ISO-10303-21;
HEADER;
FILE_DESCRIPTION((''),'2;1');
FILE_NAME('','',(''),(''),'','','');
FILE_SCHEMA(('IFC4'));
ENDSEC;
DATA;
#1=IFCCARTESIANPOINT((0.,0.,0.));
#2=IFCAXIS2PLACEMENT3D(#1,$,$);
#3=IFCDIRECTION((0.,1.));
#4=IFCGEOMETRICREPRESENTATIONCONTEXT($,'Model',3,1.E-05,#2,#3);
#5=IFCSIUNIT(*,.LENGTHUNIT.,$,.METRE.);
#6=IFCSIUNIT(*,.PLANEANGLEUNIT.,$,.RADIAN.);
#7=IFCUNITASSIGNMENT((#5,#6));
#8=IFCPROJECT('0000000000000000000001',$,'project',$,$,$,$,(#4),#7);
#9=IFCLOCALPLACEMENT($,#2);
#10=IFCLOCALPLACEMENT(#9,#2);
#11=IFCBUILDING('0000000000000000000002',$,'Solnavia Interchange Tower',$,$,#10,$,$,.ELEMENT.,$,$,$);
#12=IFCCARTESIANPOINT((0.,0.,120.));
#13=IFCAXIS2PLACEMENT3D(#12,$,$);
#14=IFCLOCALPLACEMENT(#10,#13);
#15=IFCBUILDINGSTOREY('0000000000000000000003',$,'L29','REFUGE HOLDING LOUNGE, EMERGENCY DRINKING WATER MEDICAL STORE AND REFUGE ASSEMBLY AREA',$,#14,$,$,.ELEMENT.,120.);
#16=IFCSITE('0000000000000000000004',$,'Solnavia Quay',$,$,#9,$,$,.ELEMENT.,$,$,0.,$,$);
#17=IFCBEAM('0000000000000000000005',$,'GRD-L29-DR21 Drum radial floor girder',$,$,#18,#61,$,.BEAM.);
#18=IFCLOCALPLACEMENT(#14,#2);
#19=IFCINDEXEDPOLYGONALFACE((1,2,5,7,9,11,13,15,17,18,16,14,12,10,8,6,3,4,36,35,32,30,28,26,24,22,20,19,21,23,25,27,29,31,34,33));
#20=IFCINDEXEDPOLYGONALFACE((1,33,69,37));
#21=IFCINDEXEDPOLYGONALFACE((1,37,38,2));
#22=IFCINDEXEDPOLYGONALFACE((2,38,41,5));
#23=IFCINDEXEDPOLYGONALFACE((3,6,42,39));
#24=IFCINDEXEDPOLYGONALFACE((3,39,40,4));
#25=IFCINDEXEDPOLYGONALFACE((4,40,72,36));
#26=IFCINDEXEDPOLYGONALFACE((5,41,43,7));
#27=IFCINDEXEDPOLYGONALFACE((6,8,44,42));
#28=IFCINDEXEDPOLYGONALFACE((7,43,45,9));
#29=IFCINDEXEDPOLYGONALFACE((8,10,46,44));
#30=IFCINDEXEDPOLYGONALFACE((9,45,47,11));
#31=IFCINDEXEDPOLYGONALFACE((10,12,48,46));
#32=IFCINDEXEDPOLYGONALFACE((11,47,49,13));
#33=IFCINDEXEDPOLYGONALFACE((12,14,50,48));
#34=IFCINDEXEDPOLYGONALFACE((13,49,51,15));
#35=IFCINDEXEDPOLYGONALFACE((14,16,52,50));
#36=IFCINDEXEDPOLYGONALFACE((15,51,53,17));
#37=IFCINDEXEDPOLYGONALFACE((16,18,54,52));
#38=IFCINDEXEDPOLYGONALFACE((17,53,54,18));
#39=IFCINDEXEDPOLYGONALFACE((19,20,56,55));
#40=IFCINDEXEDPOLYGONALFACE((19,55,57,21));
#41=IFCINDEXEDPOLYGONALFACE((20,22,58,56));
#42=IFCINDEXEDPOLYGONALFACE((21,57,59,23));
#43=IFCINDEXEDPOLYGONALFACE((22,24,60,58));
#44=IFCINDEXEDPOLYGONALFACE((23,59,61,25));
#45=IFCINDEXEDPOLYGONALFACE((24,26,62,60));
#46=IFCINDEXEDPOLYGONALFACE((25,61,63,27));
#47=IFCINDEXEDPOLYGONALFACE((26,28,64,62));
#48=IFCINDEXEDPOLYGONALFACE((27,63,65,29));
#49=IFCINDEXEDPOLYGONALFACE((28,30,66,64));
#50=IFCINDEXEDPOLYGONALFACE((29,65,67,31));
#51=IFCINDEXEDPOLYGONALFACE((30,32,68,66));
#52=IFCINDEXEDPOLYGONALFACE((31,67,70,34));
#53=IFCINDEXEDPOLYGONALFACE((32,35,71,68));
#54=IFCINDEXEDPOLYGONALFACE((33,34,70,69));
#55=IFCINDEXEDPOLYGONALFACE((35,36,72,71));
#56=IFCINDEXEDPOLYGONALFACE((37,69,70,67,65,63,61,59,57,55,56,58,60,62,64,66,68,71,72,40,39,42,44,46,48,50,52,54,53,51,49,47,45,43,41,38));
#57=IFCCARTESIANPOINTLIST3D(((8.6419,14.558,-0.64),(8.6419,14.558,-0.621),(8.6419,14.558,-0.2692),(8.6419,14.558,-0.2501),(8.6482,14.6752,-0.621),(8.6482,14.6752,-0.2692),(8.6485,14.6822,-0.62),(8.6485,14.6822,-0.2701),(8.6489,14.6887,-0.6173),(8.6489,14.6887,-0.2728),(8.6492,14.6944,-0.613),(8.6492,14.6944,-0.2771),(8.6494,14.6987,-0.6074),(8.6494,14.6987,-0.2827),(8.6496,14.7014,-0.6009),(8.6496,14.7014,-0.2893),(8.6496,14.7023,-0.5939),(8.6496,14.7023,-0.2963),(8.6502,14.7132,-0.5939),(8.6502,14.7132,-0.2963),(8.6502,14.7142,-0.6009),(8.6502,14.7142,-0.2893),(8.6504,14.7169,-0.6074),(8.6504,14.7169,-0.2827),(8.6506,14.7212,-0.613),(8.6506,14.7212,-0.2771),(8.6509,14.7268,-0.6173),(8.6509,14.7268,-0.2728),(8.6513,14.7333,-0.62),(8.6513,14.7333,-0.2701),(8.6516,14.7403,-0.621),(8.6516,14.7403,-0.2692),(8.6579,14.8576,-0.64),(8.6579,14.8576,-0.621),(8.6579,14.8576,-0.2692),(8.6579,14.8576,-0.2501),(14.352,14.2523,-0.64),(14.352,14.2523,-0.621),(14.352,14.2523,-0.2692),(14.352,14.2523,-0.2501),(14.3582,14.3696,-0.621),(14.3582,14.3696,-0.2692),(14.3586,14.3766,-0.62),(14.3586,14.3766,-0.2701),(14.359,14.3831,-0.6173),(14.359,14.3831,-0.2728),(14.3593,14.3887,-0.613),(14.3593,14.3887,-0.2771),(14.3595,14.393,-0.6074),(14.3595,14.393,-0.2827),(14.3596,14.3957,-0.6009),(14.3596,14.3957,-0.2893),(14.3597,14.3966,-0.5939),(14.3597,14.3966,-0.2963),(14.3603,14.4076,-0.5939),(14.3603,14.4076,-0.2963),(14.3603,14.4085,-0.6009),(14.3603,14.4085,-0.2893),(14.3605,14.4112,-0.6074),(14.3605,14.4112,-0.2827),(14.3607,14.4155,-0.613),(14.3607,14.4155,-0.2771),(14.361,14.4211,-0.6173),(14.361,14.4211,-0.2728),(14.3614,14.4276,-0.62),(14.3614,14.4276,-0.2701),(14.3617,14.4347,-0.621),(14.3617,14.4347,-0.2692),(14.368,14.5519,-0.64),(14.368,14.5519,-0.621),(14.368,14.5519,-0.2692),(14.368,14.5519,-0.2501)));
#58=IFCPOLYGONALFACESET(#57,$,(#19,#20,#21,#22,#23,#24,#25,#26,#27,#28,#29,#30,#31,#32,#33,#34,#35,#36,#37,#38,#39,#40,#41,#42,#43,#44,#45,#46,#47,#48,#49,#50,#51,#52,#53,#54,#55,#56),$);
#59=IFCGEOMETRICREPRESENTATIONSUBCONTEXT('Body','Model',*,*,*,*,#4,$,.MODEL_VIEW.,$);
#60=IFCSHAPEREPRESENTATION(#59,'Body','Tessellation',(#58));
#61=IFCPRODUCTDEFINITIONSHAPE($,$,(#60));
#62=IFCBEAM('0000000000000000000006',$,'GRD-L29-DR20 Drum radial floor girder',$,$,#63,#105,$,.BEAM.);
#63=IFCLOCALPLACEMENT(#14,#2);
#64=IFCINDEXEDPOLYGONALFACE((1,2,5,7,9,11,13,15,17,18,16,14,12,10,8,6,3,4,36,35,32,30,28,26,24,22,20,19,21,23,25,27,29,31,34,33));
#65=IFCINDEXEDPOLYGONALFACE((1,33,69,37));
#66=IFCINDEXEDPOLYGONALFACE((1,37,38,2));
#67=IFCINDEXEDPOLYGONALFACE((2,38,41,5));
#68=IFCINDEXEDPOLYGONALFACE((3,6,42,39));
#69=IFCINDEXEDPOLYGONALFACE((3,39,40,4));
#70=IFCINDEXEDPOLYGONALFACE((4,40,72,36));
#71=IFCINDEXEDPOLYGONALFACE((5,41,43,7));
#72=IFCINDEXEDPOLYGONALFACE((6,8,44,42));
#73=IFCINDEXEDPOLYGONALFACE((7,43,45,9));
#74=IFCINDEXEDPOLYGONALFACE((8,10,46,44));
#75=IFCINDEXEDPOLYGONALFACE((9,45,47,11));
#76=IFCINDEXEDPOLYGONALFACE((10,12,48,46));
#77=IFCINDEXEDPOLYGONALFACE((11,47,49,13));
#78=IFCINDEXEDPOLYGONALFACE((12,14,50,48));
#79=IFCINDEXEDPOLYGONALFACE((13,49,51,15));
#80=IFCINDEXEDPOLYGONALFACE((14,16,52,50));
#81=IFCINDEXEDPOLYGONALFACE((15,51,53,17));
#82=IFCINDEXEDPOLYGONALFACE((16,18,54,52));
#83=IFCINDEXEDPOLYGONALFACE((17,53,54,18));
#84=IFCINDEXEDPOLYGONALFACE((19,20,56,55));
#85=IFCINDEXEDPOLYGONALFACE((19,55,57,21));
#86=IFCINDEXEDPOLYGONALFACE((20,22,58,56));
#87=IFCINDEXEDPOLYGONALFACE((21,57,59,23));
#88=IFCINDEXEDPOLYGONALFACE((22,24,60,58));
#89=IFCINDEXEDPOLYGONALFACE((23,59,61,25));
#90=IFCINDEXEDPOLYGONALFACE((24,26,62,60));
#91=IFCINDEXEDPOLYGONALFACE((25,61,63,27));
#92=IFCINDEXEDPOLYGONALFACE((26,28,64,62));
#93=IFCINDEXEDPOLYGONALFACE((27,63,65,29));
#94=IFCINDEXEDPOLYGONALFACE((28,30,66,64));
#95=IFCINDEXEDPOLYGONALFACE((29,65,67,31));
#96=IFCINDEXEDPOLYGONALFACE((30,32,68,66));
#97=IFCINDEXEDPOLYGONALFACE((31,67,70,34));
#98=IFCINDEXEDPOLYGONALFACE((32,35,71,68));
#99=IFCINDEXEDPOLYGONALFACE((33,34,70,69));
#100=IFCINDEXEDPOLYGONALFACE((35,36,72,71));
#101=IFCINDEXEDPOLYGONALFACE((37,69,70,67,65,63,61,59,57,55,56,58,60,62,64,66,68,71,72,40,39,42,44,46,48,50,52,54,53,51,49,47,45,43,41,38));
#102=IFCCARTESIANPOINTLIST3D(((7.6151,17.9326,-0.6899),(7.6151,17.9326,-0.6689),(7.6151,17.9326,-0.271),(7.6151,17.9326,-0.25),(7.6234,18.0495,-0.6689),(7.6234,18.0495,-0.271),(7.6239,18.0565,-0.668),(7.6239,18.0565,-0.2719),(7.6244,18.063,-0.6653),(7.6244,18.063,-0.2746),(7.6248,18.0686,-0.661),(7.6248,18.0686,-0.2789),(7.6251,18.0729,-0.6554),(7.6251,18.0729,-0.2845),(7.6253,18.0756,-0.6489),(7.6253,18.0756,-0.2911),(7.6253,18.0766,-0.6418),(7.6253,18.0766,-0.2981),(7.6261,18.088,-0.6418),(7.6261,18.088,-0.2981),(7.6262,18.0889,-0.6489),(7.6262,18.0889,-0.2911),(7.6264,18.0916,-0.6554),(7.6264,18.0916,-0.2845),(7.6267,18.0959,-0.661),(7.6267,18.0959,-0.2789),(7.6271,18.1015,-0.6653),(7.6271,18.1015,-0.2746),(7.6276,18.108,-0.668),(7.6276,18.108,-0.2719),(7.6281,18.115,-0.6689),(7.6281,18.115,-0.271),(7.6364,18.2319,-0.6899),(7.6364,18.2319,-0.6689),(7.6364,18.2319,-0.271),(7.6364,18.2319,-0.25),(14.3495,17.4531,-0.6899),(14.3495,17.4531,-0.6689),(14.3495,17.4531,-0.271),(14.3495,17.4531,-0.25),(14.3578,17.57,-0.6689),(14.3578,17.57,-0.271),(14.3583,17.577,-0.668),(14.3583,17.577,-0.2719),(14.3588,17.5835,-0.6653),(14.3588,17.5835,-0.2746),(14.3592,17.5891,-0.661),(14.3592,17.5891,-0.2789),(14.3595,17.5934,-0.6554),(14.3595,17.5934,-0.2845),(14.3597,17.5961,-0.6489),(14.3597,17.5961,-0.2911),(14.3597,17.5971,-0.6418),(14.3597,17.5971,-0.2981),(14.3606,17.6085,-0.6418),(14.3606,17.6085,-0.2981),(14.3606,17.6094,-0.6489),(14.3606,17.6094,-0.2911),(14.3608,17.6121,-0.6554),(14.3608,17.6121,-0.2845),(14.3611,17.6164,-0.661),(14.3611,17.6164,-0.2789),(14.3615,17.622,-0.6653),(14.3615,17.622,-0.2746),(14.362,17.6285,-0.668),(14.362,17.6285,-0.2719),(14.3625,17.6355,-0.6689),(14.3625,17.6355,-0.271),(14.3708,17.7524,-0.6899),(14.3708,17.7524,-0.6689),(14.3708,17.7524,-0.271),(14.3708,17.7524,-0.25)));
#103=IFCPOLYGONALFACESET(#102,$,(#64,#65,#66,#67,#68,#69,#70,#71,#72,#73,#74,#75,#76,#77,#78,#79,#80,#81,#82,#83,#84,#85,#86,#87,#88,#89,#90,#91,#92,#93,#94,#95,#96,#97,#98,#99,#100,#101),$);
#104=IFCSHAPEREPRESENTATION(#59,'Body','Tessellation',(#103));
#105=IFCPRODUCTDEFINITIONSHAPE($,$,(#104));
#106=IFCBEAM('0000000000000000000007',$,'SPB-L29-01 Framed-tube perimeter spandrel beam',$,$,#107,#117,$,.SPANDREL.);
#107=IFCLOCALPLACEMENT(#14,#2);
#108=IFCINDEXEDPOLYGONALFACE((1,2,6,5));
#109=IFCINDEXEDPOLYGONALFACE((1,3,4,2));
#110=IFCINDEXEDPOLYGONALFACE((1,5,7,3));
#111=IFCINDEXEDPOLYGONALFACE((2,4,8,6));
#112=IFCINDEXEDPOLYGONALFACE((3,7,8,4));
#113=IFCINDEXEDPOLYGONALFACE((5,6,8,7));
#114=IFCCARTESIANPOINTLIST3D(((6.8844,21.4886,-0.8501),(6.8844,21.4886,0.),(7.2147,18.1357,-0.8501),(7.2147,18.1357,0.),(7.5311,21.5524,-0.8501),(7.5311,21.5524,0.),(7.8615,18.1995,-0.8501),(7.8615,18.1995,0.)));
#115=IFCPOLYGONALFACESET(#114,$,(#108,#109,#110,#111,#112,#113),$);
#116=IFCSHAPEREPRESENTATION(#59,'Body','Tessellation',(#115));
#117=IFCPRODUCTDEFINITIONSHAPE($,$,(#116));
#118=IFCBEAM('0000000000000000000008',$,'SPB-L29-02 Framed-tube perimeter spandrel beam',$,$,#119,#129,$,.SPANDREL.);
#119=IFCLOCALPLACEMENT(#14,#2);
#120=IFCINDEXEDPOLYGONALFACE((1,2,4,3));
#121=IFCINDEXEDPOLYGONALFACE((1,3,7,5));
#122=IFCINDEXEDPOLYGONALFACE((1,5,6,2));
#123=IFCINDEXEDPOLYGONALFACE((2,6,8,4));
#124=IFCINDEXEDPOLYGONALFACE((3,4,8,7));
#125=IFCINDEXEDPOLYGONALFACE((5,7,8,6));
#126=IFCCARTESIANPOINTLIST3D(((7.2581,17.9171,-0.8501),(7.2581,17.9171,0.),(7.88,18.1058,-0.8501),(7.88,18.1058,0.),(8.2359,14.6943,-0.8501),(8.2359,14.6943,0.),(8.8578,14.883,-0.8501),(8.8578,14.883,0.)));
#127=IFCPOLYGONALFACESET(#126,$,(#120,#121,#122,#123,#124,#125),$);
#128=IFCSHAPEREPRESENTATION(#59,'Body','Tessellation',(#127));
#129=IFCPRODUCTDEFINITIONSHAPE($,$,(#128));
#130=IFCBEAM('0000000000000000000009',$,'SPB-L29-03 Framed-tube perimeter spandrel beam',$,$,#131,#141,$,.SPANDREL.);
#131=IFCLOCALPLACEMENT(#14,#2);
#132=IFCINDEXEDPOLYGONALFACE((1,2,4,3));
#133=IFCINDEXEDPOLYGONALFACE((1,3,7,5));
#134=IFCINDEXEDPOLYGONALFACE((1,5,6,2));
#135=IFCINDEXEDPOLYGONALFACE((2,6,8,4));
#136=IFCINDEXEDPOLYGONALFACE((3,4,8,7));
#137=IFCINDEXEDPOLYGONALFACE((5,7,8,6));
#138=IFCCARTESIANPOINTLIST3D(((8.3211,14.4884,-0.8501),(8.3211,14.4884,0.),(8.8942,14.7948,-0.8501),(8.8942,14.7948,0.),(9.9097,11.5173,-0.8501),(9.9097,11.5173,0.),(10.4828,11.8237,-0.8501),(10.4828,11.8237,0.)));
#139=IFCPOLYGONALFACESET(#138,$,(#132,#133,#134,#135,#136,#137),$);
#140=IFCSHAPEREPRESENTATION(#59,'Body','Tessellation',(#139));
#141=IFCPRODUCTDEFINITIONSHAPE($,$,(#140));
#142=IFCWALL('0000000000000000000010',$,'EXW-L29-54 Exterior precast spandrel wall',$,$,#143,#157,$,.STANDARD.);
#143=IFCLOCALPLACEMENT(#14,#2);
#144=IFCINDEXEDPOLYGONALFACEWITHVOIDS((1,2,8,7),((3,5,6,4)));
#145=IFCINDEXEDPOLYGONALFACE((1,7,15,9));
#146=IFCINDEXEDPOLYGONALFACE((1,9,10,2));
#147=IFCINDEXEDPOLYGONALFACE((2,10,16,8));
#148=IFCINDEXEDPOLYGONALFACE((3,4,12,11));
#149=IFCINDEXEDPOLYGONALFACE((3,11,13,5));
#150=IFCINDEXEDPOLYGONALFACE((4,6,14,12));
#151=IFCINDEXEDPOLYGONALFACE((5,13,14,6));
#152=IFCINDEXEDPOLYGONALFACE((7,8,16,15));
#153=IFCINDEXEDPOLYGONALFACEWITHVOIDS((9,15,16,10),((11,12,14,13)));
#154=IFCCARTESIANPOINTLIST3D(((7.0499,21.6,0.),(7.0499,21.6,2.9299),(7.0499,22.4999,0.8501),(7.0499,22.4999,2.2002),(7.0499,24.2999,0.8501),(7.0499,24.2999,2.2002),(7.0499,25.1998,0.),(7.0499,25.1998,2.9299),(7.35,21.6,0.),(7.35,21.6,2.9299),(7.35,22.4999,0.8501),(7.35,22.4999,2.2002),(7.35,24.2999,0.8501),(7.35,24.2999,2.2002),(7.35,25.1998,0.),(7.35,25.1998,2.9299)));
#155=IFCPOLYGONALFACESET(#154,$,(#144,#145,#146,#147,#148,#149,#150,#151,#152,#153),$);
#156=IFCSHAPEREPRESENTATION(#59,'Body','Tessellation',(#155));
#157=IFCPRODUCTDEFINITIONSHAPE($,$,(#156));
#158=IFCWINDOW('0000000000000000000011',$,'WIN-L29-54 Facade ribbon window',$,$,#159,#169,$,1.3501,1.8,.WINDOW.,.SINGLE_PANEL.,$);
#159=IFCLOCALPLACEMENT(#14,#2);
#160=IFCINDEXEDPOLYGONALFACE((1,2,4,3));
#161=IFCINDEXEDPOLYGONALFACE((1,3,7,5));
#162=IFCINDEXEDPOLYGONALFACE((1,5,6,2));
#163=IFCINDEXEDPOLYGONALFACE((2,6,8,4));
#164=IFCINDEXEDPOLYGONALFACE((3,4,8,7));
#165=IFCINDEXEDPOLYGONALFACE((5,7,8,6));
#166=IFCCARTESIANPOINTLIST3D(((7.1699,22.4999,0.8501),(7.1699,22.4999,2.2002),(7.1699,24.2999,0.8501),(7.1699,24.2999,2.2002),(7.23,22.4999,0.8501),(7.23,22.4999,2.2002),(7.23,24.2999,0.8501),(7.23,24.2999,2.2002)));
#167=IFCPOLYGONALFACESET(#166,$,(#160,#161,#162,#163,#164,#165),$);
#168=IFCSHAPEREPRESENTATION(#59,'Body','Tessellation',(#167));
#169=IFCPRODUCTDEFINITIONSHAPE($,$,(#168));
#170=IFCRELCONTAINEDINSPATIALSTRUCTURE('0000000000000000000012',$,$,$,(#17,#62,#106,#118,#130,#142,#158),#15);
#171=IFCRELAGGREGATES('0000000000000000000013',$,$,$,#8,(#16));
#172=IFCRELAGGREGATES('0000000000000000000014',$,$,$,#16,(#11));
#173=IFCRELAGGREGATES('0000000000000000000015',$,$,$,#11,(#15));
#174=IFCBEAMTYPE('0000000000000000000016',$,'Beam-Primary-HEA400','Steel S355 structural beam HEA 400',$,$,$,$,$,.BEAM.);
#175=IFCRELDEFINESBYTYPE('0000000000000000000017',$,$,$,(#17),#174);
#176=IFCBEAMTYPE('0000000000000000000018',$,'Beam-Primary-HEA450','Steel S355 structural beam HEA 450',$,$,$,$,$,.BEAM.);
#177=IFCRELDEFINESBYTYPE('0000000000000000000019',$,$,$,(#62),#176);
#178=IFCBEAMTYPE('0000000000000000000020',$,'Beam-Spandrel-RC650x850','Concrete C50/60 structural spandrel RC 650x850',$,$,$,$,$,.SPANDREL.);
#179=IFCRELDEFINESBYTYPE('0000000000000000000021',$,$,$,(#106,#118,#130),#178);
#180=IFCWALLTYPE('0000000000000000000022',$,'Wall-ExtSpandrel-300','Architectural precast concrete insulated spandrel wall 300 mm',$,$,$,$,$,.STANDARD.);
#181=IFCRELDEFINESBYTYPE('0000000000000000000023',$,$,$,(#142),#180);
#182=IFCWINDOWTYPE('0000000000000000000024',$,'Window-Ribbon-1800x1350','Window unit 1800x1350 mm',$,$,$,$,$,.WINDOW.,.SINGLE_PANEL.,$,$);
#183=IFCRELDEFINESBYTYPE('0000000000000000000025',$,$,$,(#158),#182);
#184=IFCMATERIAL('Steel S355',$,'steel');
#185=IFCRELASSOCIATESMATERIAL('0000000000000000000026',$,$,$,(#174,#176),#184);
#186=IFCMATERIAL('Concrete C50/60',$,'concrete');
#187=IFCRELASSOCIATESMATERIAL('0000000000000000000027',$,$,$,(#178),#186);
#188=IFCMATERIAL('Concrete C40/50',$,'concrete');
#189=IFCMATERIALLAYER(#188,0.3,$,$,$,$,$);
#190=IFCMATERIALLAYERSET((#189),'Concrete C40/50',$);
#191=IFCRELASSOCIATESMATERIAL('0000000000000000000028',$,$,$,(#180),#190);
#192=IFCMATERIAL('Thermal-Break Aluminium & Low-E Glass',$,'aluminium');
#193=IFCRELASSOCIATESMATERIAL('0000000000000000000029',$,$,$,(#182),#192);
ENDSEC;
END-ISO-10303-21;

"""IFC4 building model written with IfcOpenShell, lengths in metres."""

from ifc_helpers import new_model, si_unit, direction, frame, frame_2d, origin, origin_2d, place, context, subcontext, project, spatial, rectangle, i_section, extrude, material, layer, layer_set, material_profile, profile_set, type_object, element, fill, save


model = new_model("IFC4")

# Units and contexts
model_context = context("Model", 3, precision=1e-05, world=origin(), true_north=direction((0.0, 1.0)))
body_context = subcontext(model_context, "Body", "Model", "MODEL_VIEW")
ifc_project = project(units=[si_unit("LENGTHUNIT", "METRE"), si_unit("PLANEANGLEUNIT", "RADIAN")], contexts=[model_context])

# Site, building, storey
site_placement = place(None, origin())
site = spatial("IfcSite", under=ifc_project, at=site_placement, Name="Solnavia Quay", CompositionType="ELEMENT", RefElevation=0.0)
building_placement = place(site_placement, origin())
building = spatial("IfcBuilding", under=site, at=building_placement, Name="Solnavia Interchange Tower", CompositionType="ELEMENT")
storey_placement = place(building_placement, frame((0.0, 0.0, 120.0)))
storey = spatial("IfcBuildingStorey", under=building, at=storey_placement, Name="L29", Description="REFUGE HOLDING LOUNGE, EMERGENCY DRINKING WATER MEDICAL STORE AND REFUGE ASSEMBLY AREA", CompositionType="ELEMENT", Elevation=120.0)

# Beams
ifc_material_1 = material(Name="Concrete C50/60", Category="concrete")
ifc_material_2 = material(Name="Steel S355", Category="steel")
ifc_material_profile_1 = material_profile(ifc_material_2, i_section(OverallWidth=0.3, OverallDepth=0.3899, WebThickness=0.011, FlangeThickness=0.019, FilletRadius=0.0271, at=origin_2d()), Name="HEA 400")
ifc_profile_set_1 = profile_set([ifc_material_profile_1], Name="Steel S355")
beam_type_1 = type_object("IfcBeamType", Name="Beam-Primary-HEA400", Description="Steel S355 structural beam HEA 400", PredefinedType="BEAM", material=ifc_profile_set_1)
beam_1_placement = place(storey_placement, frame((8.6499, 14.7078, -0.4451), z_axis=(0.99857, -0.053453, 0.0), x_axis=(0.053453, 0.99857, 0.0)))
element("IfcBeam", 1, at=beam_1_placement, inside=storey, type_object=beam_type_1, Name="GRD-L29-DR21 Drum radial floor girder", PredefinedType="BEAM", context=body_context, shape_type="SweptSolid", body=[
    extrude(i_section(OverallWidth=0.3, OverallDepth=0.3899, WebThickness=0.011, FlangeThickness=0.019, FilletRadius=0.0271, at=origin_2d()), origin(), (0.0, 0.0, 1.0), 5.7183),
])
ifc_material_profile_2 = material_profile(ifc_material_2, i_section(OverallWidth=0.3, OverallDepth=0.4399, WebThickness=0.0115, FlangeThickness=0.021, FilletRadius=0.0271, at=origin_2d()), Name="HEA 450")
ifc_profile_set_2 = profile_set([ifc_material_profile_2], Name="Steel S355")
beam_type_2 = type_object("IfcBeamType", Name="Beam-Primary-HEA450", Description="Steel S355 structural beam HEA 450", PredefinedType="BEAM", material=ifc_profile_set_2)
beam_2_placement = place(storey_placement, frame((7.6257, 18.0823, -0.47), z_axis=(0.997475, -0.071021, 0.0), x_axis=(0.071021, 0.997475, 0.0)))
element("IfcBeam", 2, at=beam_2_placement, inside=storey, type_object=beam_type_2, Name="GRD-L29-DR20 Drum radial floor girder", PredefinedType="BEAM", context=body_context, shape_type="SweptSolid", body=[
    extrude(i_section(OverallWidth=0.3, OverallDepth=0.4399, WebThickness=0.0115, FlangeThickness=0.021, FilletRadius=0.0271, at=origin_2d()), origin(), (0.0, 0.0, 1.0), 6.7515),
])
ifc_material_profile_3 = material_profile(ifc_material_1, rectangle(XDim=0.6499, YDim=0.8501, at=origin_2d()), Name="RC 650x850")
ifc_profile_set_3 = profile_set([ifc_material_profile_3], Name="Concrete C50/60")
beam_type_3 = type_object("IfcBeamType", Name="Beam-Spandrel-RC650x850", Description="Concrete C50/60 structural spandrel RC 650x850", PredefinedType="SPANDREL", material=ifc_profile_set_3)
beam_3_placement = place(storey_placement, frame((7.2078, 21.5205, -0.425), z_axis=(0.09804, -0.995182, 0.0), x_axis=(0.995182, 0.09804, 0.0)))
element("IfcBeam", 3, at=beam_3_placement, inside=storey, type_object=beam_type_3, Name="SPB-L29-01 Framed-tube perimeter spandrel beam", PredefinedType="SPANDREL", context=body_context, shape_type="SweptSolid", body=[
    extrude(rectangle(XDim=0.6499, YDim=0.8501, at=origin_2d()), origin(), (0.0, 0.0, 1.0), 3.3691),
])
beam_4_placement = place(storey_placement, frame((7.5691, 18.0115, -0.425), z_axis=(0.290319, -0.95693, 0.0), x_axis=(0.95693, 0.290319, 0.0)))
element("IfcBeam", 4, at=beam_4_placement, inside=storey, type_object=beam_type_3, Name="SPB-L29-02 Framed-tube perimeter spandrel beam", PredefinedType="SPANDREL", context=body_context, shape_type="SweptSolid", body=[
    extrude(rectangle(XDim=0.6499, YDim=0.8501, at=origin_2d()), origin(), (0.0, 0.0, 1.0), 3.3679),
])
beam_5_placement = place(storey_placement, frame((8.6077, 14.6416, -0.425), z_axis=(0.471509, -0.881861, 0.0), x_axis=(0.881861, 0.471509, 0.0)))
element("IfcBeam", 5, at=beam_5_placement, inside=storey, type_object=beam_type_3, Name="SPB-L29-03 Framed-tube perimeter spandrel beam", PredefinedType="SPANDREL", context=body_context, shape_type="SweptSolid", body=[
    extrude(rectangle(XDim=0.6499, YDim=0.8501, at=origin_2d()), origin(), (0.0, 0.0, 1.0), 3.3691),
])

# Wall, opening, window
ifc_material_3 = material(Name="Concrete C40/50", Category="concrete")
ifc_layer_1 = layer(ifc_material_3, 0.3)
ifc_layer_set_1 = layer_set([ifc_layer_1], Name="Concrete C40/50")
wall_type_1 = type_object("IfcWallType", Name="Wall-ExtSpandrel-300", Description="Architectural precast concrete insulated spandrel wall 300 mm", PredefinedType="STANDARD", material=ifc_layer_set_1)
wall_1_placement = place(storey_placement, frame((7.2, 21.6001, 0.0), z_axis=(0.0, 0.0, 1.0), x_axis=(0.0, 1.0, 0.0)))
wall_1 = element("IfcWall", 6, at=wall_1_placement, inside=storey, type_object=wall_type_1, Name="EXW-L29-54 Exterior precast spandrel wall", PredefinedType="STANDARD", context=body_context, shape_type="SweptSolid", body=[
    extrude(rectangle(XDim=3.5999, YDim=0.3, at=frame_2d((1.7998, 0.0))), origin(), (0.0, 0.0, 1.0), 2.9299),
])
opening_1_placement = place(wall_1_placement, frame((0.8999, 0.0, 0.8501)))
opening_1 = element("IfcOpeningElement", 7, at=opening_1_placement, cuts=wall_1, PredefinedType="OPENING", context=body_context, shape_type="SweptSolid", body=[
    extrude(rectangle(XDim=1.8, YDim=1.3501, at=frame_2d((0.8999, 0.675))), frame((0.0, 0.1602, 0.0), z_axis=(0.0, -1.0, 0.0), x_axis=(1.0, 0.0, 0.0)), (0.0, 0.0, 1.0), 0.3201),
])
ifc_material_4 = material(Name="Thermal-Break Aluminium & Low-E Glass", Category="aluminium")
window_type_1 = type_object("IfcWindowType", Name="Window-Ribbon-1800x1350", Description="Window unit 1800x1350 mm", PartitioningType="SINGLE_PANEL", PredefinedType="WINDOW", material=ifc_material_4)
window_1_placement = place(opening_1_placement, origin())
window_1 = element("IfcWindow", 8, at=window_1_placement, inside=storey, type_object=window_type_1, Name="WIN-L29-54 Facade ribbon window", OverallHeight=1.3501, OverallWidth=1.8, PartitioningType="SINGLE_PANEL", PredefinedType="WINDOW", context=body_context, shape_type="SweptSolid", body=[
    extrude(rectangle(XDim=1.8, YDim=1.3501, at=frame_2d((0.8999, 0.675))), frame((0.0, 0.03, 0.0), z_axis=(0.0, -1.0, 0.0), x_axis=(1.0, 0.0, 0.0)), (0.0, 0.0, 1.0), 0.0601),
])
fill(opening_1, window_1)

save(model, "model.ifc")
